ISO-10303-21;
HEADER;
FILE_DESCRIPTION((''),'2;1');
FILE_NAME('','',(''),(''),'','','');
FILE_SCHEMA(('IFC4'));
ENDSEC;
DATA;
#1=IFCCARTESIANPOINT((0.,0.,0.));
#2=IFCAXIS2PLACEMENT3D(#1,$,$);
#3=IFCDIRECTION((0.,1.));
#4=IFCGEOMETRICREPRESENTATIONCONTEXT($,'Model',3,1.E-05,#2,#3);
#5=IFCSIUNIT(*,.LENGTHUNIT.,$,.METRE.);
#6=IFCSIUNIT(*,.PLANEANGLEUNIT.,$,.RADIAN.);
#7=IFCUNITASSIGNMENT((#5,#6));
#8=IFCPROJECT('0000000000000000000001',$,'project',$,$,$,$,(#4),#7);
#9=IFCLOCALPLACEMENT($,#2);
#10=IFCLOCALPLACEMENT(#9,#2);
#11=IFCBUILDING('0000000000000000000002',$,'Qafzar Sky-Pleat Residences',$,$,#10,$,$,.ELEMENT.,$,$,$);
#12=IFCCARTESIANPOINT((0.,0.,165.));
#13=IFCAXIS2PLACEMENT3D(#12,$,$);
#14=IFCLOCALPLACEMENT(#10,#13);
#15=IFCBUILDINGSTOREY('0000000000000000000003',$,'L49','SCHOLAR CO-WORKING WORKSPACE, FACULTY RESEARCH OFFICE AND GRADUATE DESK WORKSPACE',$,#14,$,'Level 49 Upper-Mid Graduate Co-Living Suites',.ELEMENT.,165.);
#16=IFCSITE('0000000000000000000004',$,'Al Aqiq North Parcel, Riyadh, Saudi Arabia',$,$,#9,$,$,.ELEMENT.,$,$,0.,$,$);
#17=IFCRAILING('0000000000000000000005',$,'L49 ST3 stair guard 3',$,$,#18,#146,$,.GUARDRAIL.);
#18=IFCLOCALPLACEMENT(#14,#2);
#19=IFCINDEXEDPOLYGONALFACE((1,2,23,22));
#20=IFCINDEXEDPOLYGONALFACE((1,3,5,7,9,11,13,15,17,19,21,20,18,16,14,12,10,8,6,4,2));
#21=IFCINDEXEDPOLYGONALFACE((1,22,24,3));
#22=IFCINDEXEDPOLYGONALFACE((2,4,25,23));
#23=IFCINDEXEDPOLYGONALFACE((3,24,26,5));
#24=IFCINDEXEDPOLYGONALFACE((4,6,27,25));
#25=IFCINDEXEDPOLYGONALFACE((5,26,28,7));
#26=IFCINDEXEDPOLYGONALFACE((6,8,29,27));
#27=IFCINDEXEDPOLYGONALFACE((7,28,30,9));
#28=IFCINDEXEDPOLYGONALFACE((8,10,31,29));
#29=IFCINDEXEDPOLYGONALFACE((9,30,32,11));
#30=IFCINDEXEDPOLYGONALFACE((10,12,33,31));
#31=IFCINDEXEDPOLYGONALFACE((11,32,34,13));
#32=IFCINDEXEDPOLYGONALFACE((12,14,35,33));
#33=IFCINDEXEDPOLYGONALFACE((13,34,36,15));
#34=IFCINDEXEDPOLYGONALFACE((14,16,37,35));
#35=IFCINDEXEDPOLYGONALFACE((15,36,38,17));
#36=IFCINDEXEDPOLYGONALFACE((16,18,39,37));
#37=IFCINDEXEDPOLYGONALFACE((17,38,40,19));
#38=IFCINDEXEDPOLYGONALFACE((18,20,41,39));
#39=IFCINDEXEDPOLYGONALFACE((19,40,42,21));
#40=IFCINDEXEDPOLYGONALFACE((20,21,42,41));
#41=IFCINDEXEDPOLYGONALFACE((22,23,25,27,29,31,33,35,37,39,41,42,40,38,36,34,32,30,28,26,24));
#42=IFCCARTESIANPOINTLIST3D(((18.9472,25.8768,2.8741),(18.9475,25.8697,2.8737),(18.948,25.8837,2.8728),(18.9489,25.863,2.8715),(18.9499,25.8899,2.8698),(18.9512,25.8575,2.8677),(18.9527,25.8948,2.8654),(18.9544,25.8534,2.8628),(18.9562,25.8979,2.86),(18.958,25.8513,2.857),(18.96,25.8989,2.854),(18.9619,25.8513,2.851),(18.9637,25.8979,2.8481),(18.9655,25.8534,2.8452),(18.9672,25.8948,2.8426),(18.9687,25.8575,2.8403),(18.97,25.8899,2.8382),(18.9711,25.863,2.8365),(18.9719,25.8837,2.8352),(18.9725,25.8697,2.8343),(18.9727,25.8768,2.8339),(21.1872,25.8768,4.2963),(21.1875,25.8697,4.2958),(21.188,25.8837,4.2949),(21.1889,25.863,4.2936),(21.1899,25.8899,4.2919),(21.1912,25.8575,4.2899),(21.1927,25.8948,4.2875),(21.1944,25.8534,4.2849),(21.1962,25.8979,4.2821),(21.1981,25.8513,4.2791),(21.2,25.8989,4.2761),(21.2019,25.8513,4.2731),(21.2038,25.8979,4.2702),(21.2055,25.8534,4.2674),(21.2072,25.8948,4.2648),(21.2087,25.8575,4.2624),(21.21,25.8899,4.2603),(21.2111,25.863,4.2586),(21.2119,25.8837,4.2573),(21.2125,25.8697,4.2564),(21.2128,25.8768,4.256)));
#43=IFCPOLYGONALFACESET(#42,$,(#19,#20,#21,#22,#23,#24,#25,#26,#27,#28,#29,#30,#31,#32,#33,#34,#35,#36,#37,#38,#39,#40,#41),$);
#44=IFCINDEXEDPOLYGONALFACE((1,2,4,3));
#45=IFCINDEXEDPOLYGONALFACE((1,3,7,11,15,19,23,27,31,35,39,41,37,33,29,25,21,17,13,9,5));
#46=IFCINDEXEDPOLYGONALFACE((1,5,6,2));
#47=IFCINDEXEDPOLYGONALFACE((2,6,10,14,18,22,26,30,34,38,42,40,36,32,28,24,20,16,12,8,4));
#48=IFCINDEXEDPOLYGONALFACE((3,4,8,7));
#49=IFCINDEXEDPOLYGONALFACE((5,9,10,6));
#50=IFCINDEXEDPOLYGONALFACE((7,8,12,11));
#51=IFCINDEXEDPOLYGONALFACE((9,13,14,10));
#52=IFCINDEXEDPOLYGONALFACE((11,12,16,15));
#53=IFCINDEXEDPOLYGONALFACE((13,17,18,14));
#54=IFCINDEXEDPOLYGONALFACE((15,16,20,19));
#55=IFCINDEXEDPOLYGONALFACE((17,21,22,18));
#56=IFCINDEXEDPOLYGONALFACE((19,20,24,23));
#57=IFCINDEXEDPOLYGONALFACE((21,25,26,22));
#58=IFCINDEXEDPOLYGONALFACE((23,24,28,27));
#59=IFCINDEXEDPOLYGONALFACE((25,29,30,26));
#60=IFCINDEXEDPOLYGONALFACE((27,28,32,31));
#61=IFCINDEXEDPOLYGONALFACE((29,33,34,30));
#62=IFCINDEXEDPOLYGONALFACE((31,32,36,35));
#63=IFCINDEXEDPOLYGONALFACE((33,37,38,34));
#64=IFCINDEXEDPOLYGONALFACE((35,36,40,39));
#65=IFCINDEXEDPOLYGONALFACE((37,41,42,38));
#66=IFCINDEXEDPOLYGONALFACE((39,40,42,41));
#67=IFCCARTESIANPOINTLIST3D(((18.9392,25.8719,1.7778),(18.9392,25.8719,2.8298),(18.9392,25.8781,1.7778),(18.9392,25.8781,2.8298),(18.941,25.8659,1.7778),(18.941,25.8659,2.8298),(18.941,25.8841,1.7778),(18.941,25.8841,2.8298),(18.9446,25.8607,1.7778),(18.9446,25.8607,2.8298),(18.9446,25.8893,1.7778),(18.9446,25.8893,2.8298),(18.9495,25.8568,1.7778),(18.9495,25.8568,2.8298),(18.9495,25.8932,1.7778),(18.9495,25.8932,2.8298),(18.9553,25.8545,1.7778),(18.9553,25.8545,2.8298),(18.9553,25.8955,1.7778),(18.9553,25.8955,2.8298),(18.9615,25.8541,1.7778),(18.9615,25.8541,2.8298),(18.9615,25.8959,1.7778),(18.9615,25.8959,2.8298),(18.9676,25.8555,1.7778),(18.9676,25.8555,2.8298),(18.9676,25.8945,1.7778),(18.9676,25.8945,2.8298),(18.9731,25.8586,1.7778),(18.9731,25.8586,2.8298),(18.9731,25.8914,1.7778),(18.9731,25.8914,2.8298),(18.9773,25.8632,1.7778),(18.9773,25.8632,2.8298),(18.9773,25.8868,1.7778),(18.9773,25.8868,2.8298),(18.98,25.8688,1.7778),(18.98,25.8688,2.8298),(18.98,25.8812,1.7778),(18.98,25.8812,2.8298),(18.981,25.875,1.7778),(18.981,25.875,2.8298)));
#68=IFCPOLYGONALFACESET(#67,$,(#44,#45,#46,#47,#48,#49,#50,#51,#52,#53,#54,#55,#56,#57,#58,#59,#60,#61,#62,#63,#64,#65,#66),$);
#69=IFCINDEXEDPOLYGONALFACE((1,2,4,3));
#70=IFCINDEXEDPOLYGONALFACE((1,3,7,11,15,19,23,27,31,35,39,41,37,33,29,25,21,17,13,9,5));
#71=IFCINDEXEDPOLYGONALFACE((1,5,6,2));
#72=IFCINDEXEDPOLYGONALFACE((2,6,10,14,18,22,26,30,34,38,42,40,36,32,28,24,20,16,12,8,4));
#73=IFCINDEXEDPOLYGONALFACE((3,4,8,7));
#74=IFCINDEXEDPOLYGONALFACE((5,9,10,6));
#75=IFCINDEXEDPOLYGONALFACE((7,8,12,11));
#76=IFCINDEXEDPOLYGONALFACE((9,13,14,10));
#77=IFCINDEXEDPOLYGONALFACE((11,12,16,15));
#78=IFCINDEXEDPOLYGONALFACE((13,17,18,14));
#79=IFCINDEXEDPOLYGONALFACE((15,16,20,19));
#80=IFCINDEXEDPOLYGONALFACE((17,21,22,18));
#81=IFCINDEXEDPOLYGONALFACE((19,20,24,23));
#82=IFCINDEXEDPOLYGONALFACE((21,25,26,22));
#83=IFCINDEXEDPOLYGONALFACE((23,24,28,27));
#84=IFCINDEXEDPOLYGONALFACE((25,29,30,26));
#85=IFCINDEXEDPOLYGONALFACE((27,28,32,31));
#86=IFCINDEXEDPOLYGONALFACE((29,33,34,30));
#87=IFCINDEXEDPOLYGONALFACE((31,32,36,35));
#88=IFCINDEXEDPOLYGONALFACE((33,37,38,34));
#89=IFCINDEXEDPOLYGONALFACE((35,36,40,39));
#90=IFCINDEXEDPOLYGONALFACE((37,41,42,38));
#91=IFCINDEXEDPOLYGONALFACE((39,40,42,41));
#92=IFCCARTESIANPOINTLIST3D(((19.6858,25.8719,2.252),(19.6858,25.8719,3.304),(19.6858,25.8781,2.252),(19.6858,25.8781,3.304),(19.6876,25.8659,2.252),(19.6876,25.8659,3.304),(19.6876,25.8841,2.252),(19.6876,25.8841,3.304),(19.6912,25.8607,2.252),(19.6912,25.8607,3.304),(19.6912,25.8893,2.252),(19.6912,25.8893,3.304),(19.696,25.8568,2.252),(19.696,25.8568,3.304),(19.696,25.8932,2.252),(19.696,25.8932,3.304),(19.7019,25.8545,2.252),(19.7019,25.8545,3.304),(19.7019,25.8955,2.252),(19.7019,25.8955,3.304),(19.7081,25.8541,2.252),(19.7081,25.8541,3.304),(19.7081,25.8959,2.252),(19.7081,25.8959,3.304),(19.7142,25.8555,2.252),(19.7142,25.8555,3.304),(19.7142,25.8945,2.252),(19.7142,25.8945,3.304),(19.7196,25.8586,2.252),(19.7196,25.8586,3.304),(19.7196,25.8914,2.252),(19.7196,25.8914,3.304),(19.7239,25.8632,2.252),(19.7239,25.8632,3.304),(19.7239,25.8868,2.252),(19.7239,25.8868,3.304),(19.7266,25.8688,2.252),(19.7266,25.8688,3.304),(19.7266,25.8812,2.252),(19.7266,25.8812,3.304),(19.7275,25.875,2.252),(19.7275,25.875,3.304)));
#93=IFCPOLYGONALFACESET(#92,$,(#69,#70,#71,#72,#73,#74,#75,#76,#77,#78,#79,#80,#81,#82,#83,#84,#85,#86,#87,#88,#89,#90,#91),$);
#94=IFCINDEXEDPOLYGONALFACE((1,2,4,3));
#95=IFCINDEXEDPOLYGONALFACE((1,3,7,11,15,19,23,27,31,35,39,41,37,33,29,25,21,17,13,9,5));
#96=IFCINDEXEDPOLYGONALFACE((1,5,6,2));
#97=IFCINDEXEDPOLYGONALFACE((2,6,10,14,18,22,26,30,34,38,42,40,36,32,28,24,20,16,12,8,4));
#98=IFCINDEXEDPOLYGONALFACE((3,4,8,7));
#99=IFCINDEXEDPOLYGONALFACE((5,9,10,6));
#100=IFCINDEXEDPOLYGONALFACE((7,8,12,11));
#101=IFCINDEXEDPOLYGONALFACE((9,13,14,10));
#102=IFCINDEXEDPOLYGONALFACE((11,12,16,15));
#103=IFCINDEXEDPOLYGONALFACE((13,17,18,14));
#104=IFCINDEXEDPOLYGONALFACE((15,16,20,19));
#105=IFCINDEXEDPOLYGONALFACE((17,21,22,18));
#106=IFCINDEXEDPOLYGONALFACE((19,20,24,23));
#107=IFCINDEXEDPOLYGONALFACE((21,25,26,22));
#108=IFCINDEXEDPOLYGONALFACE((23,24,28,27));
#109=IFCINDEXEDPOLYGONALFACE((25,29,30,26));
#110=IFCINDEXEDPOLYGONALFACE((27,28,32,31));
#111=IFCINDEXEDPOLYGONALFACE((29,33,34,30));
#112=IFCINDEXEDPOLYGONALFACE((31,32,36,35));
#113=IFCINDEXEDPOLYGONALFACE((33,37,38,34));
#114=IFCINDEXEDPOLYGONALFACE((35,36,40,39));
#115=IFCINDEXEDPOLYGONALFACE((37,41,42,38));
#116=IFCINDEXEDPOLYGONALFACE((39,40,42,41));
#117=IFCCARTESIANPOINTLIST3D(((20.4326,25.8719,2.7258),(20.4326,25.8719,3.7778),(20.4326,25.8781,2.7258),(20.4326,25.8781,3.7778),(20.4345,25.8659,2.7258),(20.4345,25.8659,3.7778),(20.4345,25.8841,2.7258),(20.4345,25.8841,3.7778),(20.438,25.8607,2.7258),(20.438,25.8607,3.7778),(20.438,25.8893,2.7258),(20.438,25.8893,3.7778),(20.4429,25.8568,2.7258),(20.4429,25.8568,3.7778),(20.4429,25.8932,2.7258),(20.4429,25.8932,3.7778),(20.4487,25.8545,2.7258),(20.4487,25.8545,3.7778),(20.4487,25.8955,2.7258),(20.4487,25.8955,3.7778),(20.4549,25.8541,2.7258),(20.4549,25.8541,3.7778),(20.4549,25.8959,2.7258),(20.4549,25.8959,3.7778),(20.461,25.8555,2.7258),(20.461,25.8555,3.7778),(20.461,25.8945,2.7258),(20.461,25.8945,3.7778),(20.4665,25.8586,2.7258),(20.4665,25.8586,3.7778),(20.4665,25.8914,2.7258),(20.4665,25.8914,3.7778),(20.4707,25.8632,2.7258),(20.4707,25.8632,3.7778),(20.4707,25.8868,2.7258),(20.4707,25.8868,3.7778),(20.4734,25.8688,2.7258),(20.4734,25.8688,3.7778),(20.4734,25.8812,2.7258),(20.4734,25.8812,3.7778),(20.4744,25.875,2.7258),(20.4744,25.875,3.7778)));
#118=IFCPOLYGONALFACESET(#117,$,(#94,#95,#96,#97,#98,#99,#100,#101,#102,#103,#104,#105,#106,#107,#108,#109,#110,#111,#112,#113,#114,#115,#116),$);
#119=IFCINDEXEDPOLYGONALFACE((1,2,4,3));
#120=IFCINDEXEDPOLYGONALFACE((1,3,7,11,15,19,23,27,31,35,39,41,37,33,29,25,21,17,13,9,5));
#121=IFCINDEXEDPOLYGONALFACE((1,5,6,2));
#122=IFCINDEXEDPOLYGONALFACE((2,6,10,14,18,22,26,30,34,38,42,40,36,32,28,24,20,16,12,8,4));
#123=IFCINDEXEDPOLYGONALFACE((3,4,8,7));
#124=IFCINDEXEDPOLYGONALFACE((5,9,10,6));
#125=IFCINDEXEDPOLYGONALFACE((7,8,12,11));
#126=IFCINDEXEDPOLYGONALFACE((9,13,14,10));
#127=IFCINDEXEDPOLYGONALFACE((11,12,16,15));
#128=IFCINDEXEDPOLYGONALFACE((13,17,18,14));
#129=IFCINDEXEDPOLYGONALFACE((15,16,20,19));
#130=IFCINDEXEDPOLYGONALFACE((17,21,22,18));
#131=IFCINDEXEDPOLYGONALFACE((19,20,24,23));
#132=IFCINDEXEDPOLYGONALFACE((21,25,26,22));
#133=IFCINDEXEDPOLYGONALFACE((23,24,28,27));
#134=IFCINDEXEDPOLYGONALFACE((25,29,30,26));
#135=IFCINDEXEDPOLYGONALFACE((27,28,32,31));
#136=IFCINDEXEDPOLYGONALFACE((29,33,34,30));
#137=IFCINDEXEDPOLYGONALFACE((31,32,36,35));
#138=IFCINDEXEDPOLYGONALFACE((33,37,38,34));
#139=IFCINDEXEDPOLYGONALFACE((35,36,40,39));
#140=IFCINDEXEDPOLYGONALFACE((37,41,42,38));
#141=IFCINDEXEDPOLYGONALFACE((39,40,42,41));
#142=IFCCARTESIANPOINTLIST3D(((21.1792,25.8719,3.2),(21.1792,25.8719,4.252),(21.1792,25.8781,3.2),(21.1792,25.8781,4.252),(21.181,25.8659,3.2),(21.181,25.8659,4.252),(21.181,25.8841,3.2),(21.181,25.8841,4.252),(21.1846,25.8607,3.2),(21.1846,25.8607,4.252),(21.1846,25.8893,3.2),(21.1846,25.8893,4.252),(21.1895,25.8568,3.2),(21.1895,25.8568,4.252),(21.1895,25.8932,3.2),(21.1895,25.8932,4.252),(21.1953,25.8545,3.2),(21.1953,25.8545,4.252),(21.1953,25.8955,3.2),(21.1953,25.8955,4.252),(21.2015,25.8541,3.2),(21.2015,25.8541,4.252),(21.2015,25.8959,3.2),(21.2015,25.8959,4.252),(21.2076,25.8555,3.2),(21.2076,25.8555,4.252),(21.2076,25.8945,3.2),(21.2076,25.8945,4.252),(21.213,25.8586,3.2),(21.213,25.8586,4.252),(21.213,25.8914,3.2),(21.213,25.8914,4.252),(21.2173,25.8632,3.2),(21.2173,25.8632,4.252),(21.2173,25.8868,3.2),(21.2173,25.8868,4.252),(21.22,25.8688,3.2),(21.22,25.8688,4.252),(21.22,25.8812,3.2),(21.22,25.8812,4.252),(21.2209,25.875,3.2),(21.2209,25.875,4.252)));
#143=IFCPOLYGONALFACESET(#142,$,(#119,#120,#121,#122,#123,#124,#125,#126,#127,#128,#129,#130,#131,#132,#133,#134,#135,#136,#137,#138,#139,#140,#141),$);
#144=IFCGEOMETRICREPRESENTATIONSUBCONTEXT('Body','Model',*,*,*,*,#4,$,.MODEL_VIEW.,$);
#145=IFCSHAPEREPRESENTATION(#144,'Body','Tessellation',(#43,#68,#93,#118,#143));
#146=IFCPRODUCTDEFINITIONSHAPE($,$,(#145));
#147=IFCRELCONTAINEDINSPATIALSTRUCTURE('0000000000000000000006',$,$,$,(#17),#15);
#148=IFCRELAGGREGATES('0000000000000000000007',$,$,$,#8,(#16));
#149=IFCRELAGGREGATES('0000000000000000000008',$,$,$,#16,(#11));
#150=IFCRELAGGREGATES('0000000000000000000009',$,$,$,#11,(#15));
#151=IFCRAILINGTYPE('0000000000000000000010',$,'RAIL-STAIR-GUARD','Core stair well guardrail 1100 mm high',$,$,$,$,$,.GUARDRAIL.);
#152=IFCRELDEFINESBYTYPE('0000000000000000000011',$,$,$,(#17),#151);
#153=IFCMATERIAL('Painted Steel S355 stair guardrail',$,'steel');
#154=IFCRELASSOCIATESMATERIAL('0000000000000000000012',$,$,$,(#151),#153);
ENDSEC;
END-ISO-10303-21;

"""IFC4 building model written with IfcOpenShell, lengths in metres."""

from ifc_helpers import new_model, si_unit, direction, frame, origin, origin_2d, place, context, subcontext, project, spatial, circle, extrude, source, transform, mapped, material, type_object, element, save


model = new_model("IFC4")

# Units and contexts
model_context = context("Model", 3, precision=1e-05, world=origin(), true_north=direction((0.0, 1.0)))
body_context = subcontext(model_context, "Body", "Model", "MODEL_VIEW")
ifc_project = project(units=[si_unit("LENGTHUNIT", "METRE"), si_unit("PLANEANGLEUNIT", "RADIAN")], contexts=[model_context])

# Site, building, storey
site_placement = place(None, origin())
site = spatial("IfcSite", under=ifc_project, at=site_placement, Name="Al Aqiq North Parcel, Riyadh, Saudi Arabia", CompositionType="ELEMENT", RefElevation=0.0)
building_placement = place(site_placement, origin())
building = spatial("IfcBuilding", under=site, at=building_placement, Name="Qafzar Sky-Pleat Residences", CompositionType="ELEMENT")
storey_placement = place(building_placement, frame((0.0, 0.0, 165.0)))
storey = spatial("IfcBuildingStorey", under=building, at=storey_placement, Name="L49", Description="SCHOLAR CO-WORKING WORKSPACE, FACULTY RESEARCH OFFICE AND GRADUATE DESK WORKSPACE", LongName="Level 49 Upper-Mid Graduate Co-Living Suites", CompositionType="ELEMENT", Elevation=165.0)

# Railing
ifc_material_1 = material(Name="Painted Steel S355 stair guardrail", Category="steel")
railing_type_1 = type_object("IfcRailingType", Name="RAIL-STAIR-GUARD", Description="Core stair well guardrail 1100 mm high", PredefinedType="GUARDRAIL", material=ifc_material_1)
shared_shape_1 = source(origin(), body_context, "Body", "SweptSolid", [
    extrude(circle(Radius=0.0239, at=origin_2d()), frame((0.0, 0.0, 1.0762), z_axis=(0.844229, 0.0, 0.535982), x_axis=(0.0, 1.0, 0.0)), (0.0, 0.0, 1.0), 2.6533),
    extrude(circle(Radius=0.021, at=origin_2d()), origin(), (0.0, 0.0, 1.0), 1.052),
    extrude(circle(Radius=0.021, at=origin_2d()), frame((0.7466, 0.0, 0.4741)), (0.0, 0.0, 1.0), 1.052),
    extrude(circle(Radius=0.021, at=origin_2d()), frame((1.4934, 0.0, 0.948)), (0.0, 0.0, 1.0), 1.052),
    extrude(circle(Radius=0.021, at=origin_2d()), frame((2.24, 0.0, 1.4221)), (0.0, 0.0, 1.0), 1.052),
])
railing_1_placement = place(storey_placement, frame((18.96, 25.875, 1.7778)))
element("IfcRailing", 1, at=railing_1_placement, inside=storey, type_object=railing_type_1, Name="L49 ST3 stair guard 3", PredefinedType="GUARDRAIL", context=body_context, shape_type="MappedRepresentation", body=[
    mapped(shared_shape_1, transform((0.0, 0.0, 0.0), x_axis=(1.0, 0.0, 0.0), y_axis=(0.0, 1.0, 0.0), z_axis=(0.0, 0.0, 1.0), scale=1.0)),
])

save(model, "model.ifc")
